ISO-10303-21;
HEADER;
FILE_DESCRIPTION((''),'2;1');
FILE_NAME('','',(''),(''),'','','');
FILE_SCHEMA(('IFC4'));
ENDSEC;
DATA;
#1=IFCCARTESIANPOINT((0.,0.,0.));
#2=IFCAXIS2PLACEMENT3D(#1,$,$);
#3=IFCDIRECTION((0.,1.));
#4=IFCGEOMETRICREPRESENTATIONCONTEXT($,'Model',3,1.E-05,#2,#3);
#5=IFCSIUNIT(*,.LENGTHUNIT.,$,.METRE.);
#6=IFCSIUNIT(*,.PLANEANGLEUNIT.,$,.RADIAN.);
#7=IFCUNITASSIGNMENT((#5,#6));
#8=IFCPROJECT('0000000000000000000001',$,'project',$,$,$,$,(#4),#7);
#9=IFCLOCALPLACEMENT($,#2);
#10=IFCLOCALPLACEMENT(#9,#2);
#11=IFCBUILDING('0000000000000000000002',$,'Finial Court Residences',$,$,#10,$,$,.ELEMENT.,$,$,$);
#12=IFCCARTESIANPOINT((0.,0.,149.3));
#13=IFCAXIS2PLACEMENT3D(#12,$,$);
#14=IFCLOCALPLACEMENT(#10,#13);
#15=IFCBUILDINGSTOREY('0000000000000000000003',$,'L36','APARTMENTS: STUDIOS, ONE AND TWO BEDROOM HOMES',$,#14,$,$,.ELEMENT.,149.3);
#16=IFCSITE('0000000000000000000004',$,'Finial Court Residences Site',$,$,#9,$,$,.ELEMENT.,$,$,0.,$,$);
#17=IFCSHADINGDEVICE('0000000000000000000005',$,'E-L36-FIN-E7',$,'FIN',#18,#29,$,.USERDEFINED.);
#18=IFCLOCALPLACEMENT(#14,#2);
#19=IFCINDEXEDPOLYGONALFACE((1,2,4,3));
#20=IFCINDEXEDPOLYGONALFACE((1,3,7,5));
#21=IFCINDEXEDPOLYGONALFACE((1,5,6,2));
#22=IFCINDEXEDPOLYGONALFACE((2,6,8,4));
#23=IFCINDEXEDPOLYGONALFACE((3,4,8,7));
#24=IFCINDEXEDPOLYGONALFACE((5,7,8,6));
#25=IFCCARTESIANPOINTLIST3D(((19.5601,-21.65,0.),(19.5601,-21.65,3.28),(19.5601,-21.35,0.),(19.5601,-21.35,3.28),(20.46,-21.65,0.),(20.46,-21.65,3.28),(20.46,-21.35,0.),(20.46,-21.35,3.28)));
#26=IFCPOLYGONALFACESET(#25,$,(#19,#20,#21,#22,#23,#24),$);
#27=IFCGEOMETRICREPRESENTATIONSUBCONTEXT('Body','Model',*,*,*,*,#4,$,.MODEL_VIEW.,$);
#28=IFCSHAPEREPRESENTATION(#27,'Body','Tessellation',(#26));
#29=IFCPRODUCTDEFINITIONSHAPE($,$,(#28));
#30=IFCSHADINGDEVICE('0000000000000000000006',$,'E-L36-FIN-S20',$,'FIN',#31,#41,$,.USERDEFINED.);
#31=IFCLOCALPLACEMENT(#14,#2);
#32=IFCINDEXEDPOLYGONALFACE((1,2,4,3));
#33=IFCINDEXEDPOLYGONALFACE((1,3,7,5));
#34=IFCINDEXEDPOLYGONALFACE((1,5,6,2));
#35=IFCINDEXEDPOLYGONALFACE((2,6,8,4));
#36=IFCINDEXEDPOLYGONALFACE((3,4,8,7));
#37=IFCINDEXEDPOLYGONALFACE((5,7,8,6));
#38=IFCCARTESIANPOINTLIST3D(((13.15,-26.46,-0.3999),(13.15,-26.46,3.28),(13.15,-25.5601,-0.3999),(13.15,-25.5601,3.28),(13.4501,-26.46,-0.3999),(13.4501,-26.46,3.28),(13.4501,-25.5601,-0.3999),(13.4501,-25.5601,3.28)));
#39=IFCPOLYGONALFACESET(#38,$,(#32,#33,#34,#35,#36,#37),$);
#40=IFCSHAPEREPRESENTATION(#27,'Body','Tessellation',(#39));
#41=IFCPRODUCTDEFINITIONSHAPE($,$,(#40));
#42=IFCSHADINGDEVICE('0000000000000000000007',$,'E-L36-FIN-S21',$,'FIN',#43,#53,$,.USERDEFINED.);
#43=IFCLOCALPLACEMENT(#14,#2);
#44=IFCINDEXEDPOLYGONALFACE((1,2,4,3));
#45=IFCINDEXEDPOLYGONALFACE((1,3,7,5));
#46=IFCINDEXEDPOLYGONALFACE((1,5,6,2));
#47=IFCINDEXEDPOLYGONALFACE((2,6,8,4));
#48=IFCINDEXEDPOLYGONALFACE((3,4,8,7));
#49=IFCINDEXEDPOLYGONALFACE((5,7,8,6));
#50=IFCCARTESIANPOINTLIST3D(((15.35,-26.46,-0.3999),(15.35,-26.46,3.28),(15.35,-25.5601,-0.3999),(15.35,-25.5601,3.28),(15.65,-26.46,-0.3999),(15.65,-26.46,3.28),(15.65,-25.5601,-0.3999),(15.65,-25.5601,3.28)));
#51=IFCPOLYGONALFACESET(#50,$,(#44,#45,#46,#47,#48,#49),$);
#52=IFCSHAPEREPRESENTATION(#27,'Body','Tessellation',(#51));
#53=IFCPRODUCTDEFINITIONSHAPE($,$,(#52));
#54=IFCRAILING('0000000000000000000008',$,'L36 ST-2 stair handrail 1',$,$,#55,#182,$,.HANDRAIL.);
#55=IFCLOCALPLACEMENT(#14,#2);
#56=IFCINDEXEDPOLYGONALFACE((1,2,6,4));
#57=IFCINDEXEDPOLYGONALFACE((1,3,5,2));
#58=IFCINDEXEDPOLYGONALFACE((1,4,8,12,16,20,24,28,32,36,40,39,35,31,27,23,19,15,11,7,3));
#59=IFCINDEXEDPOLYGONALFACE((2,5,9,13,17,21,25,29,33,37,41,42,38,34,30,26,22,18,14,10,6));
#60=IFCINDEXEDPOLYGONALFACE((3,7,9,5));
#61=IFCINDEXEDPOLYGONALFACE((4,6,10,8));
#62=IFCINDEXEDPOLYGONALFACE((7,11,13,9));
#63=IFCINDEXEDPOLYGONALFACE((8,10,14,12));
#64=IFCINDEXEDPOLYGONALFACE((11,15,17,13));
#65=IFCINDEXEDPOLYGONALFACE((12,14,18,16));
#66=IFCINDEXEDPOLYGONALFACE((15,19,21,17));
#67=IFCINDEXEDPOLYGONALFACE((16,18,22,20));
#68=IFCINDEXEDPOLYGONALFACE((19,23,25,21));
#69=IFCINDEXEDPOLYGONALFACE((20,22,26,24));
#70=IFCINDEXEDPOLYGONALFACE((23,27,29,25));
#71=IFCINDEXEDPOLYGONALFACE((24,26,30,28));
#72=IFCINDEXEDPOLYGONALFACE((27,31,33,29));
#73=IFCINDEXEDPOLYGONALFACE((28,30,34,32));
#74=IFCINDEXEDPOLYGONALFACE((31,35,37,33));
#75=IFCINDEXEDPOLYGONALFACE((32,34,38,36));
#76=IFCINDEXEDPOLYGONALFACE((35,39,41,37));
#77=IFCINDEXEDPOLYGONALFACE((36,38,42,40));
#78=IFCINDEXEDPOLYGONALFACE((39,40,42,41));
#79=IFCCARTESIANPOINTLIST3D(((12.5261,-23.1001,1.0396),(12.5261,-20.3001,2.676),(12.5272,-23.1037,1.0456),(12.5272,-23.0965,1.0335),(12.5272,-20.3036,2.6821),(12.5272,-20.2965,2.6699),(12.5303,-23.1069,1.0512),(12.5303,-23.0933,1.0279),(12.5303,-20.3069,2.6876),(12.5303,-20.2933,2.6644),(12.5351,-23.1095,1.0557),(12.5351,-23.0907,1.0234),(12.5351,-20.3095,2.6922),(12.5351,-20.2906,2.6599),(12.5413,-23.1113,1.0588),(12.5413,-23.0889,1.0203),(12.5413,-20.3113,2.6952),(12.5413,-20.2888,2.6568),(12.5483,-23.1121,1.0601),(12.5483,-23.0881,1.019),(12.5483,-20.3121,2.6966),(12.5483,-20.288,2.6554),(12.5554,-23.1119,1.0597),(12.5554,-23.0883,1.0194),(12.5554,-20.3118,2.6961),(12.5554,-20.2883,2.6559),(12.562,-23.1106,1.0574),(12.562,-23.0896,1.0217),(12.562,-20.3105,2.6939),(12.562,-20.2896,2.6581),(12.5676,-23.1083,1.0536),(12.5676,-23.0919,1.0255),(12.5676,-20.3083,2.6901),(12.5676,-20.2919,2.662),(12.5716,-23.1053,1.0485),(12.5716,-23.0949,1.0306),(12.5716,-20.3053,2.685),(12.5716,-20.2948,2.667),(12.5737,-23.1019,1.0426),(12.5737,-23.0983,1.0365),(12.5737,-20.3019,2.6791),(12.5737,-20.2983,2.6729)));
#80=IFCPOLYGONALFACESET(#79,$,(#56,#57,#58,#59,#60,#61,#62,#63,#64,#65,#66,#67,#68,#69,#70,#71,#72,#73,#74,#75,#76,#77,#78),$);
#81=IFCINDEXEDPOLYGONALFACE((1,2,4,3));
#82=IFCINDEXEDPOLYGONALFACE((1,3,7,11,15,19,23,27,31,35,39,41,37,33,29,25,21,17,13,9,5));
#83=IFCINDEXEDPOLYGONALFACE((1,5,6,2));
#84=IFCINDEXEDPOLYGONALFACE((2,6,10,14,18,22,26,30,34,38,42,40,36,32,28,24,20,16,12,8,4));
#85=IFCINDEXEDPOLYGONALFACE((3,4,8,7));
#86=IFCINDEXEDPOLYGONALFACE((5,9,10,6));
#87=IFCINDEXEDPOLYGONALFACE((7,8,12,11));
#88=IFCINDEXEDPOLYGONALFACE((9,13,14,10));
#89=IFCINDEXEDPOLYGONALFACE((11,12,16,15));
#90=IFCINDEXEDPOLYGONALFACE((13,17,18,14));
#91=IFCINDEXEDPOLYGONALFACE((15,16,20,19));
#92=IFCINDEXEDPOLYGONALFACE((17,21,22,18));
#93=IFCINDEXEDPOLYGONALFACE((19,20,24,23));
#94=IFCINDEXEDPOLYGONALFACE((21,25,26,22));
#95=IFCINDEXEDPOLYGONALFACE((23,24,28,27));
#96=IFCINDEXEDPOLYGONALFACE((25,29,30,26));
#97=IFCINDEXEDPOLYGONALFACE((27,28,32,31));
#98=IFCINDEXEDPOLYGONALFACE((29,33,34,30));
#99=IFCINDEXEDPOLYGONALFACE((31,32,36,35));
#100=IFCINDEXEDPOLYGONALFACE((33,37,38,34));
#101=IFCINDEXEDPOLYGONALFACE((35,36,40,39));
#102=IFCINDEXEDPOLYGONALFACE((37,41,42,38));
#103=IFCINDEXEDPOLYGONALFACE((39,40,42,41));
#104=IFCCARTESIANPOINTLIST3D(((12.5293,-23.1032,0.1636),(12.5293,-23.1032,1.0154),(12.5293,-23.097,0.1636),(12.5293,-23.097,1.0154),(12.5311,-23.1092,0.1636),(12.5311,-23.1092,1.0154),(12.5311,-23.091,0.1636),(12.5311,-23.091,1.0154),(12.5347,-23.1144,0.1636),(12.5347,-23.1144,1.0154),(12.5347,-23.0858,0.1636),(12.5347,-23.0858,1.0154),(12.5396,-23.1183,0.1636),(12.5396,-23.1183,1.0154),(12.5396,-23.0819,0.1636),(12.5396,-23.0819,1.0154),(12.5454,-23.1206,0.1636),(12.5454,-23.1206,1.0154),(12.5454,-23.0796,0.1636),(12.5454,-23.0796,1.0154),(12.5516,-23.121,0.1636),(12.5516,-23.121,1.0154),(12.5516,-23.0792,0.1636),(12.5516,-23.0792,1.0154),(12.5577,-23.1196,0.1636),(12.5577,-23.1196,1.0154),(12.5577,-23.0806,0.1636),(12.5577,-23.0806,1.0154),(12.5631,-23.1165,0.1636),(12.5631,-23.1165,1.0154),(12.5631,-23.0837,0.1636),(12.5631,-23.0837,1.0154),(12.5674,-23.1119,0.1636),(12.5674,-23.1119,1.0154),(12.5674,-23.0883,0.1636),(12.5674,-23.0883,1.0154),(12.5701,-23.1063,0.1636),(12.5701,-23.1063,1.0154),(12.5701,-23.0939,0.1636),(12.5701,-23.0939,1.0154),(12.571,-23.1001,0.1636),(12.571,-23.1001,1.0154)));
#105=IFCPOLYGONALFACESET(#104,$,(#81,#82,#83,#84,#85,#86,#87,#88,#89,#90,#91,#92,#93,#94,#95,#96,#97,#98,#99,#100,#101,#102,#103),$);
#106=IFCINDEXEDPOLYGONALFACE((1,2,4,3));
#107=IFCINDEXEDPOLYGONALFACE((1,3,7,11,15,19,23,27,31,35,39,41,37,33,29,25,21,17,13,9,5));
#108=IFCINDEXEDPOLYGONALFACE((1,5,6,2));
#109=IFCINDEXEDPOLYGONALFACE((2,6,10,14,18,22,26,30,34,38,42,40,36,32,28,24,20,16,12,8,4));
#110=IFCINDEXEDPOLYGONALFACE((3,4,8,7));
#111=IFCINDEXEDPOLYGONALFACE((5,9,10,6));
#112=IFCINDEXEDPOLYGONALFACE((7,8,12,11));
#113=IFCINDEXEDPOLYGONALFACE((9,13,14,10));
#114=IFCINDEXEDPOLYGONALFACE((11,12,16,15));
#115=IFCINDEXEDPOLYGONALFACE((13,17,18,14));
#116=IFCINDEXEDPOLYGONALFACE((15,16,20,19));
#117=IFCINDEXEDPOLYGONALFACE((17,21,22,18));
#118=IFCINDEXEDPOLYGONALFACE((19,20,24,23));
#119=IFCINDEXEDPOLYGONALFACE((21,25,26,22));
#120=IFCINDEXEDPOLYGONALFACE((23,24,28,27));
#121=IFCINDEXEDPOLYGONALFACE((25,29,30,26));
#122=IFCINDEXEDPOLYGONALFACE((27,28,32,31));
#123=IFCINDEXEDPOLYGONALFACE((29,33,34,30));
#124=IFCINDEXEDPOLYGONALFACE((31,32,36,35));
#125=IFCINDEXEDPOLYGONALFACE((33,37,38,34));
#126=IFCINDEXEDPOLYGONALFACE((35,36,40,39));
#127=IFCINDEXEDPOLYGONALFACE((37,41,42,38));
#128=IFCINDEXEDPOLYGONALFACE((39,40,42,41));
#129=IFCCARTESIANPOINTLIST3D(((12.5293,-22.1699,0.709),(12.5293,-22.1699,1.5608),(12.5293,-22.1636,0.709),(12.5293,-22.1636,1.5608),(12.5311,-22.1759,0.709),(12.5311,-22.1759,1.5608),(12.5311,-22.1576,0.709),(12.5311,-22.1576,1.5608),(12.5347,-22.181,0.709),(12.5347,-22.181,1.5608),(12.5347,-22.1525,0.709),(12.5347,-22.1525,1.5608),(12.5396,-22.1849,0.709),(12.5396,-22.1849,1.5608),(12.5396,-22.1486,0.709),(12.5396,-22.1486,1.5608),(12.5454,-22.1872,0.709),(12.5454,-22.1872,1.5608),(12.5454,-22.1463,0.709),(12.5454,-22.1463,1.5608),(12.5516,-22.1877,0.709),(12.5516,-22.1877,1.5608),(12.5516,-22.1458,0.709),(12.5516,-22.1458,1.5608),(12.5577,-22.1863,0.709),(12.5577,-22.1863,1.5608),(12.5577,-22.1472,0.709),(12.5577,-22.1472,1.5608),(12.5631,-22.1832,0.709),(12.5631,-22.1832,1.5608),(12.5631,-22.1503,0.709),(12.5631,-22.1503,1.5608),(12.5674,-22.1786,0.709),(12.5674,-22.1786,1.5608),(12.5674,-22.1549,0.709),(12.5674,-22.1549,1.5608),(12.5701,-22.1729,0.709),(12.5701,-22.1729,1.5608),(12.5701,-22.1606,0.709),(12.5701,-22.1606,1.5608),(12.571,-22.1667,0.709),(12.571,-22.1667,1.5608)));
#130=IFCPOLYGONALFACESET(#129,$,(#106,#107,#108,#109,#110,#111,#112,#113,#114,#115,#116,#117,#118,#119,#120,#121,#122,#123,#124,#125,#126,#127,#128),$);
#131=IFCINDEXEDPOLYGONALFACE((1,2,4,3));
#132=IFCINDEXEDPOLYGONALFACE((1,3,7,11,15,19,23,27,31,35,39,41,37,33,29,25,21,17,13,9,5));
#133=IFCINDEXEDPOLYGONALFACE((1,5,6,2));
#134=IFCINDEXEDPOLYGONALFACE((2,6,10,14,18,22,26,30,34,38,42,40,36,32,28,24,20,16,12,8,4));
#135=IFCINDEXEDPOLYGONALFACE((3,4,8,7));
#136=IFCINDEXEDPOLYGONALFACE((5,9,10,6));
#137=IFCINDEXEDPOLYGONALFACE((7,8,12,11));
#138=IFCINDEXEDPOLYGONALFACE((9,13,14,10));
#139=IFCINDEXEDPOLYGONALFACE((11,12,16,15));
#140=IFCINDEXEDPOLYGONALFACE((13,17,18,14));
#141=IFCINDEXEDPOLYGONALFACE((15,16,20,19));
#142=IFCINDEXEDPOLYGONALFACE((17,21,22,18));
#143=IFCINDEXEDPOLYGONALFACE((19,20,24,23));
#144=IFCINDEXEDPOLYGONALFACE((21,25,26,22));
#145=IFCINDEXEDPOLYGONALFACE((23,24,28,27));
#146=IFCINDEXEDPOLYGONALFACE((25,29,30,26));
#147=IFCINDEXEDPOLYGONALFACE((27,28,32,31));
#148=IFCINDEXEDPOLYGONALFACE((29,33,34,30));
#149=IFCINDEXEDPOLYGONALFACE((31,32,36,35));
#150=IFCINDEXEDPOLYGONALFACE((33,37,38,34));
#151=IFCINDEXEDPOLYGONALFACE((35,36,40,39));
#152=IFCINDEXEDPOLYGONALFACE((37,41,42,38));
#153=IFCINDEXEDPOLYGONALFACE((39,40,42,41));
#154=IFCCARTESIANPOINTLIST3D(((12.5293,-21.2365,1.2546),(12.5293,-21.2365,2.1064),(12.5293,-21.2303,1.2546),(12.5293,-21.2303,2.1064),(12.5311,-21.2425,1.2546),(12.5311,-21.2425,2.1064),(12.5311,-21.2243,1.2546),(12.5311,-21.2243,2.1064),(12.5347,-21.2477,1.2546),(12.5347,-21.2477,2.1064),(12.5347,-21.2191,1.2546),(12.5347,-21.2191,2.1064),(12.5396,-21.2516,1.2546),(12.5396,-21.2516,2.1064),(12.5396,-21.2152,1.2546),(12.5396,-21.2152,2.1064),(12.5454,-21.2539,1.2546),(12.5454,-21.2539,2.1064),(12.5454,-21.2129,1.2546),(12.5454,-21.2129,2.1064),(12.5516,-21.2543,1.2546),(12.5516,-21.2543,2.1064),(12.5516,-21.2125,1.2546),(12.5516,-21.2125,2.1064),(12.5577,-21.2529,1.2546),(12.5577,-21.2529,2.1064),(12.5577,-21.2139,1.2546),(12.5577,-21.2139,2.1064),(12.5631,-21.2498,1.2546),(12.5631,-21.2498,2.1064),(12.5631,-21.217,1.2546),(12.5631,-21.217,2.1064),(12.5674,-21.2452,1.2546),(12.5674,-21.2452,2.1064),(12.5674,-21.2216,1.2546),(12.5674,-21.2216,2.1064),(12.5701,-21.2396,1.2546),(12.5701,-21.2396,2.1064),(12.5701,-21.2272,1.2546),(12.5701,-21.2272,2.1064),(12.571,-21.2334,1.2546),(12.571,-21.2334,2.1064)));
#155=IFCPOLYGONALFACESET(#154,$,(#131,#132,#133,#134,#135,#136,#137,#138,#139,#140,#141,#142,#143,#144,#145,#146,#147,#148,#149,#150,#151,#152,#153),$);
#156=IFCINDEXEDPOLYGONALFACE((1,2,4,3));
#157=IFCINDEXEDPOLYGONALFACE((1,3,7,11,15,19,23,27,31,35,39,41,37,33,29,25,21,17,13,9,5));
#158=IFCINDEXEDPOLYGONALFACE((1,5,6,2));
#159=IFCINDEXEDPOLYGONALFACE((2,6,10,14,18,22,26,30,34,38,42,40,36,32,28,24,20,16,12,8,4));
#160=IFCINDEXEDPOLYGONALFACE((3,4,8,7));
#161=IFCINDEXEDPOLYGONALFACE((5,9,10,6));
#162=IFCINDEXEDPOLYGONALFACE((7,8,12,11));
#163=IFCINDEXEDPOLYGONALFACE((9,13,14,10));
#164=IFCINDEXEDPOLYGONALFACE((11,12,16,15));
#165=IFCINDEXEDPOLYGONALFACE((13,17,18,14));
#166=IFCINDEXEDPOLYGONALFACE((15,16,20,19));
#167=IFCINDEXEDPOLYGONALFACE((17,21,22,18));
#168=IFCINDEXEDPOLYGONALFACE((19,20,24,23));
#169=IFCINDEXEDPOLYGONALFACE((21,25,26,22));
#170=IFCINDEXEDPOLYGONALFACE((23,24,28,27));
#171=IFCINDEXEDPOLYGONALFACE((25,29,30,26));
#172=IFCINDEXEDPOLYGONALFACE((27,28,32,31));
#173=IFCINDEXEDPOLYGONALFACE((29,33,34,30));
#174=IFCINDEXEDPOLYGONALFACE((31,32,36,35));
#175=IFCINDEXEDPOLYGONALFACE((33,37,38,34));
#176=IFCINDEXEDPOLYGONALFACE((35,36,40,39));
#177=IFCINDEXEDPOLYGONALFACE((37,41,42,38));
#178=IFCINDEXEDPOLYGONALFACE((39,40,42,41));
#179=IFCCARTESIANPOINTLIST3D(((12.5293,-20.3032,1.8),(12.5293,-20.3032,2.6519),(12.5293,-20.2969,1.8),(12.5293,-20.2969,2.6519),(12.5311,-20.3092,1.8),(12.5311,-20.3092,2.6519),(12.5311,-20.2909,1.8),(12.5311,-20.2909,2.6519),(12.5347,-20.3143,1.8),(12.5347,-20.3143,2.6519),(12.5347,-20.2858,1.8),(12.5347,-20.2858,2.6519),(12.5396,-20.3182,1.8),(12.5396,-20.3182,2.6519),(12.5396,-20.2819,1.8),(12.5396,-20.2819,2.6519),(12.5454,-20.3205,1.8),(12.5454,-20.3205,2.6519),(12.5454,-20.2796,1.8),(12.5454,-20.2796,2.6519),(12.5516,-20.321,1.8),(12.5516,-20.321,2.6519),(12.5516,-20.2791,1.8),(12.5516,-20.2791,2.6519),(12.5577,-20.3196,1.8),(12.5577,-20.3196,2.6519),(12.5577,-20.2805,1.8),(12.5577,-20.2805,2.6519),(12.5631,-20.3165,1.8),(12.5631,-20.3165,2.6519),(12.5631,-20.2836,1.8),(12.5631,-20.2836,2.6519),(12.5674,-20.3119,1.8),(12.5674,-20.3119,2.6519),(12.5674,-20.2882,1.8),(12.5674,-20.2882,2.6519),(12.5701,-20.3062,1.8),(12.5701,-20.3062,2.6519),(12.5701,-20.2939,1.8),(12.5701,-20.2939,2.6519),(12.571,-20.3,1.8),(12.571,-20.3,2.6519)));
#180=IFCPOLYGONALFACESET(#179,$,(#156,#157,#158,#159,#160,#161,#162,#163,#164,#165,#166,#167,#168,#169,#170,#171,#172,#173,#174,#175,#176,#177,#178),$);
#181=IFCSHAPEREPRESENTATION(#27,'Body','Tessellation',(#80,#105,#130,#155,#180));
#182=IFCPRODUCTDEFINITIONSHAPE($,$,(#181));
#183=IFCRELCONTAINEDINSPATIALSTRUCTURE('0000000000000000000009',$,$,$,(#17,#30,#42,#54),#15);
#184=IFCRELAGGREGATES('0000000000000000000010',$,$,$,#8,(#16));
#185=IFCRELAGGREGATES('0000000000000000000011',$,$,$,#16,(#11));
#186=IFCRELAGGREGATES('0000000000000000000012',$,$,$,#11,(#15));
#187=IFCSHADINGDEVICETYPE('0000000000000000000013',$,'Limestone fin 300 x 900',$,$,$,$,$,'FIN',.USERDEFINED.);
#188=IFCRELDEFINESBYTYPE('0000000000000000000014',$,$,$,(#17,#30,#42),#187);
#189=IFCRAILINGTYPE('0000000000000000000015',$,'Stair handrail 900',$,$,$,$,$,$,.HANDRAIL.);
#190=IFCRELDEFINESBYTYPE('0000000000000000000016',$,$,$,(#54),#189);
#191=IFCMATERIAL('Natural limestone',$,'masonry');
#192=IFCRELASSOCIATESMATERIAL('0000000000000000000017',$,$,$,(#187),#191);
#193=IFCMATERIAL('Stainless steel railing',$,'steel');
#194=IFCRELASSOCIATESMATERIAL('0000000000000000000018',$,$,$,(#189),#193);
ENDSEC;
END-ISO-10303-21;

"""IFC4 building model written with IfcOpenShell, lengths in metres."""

from ifc_helpers import new_model, si_unit, direction, frame, origin, origin_2d, place, context, subcontext, project, spatial, rectangle, circle, extrude, material, type_object, element, save


model = new_model("IFC4")

# Units and contexts
model_context = context("Model", 3, precision=1e-05, world=origin(), true_north=direction((0.0, 1.0)))
body_context = subcontext(model_context, "Body", "Model", "MODEL_VIEW")
ifc_project = project(units=[si_unit("LENGTHUNIT", "METRE"), si_unit("PLANEANGLEUNIT", "RADIAN")], contexts=[model_context])

# Site, building, storey
site_placement = place(None, origin())
site = spatial("IfcSite", under=ifc_project, at=site_placement, Name="Finial Court Residences Site", CompositionType="ELEMENT", RefElevation=0.0)
building_placement = place(site_placement, origin())
building = spatial("IfcBuilding", under=site, at=building_placement, Name="Finial Court Residences", CompositionType="ELEMENT")
storey_placement = place(building_placement, frame((0.0, 0.0, 149.3)))
storey = spatial("IfcBuildingStorey", under=building, at=storey_placement, Name="L36", Description="APARTMENTS: STUDIOS, ONE AND TWO BEDROOM HOMES", CompositionType="ELEMENT", Elevation=149.3)

# Shared definitions
ifc_material_1 = material(Name="Natural limestone", Category="masonry")

# Shading devices
shading_device_type = type_object("IfcShadingDeviceType", Name="Limestone fin 300 x 900", ElementType="FIN", PredefinedType="USERDEFINED", material=ifc_material_1)
shading_device_placement = place(storey_placement, frame((20.01, -21.5, 0.0), z_axis=(0.0, 0.0, 1.0), x_axis=(1.0, 0.0, 0.0)))
element("IfcShadingDevice", 1, at=shading_device_placement, inside=storey, type_object=shading_device_type, Name="E-L36-FIN-E7", ObjectType="FIN", PredefinedType="USERDEFINED", context=body_context, shape_type="SweptSolid", body=[
    extrude(rectangle(XDim=0.8999, YDim=0.3, at=origin_2d()), origin(), (0.0, 0.0, 1.0), 3.28),
])
for number, where, z_axis, x_axis, name in (
    (2, (13.3, -26.01, -0.3999), (0.0, 0.0, 1.0), (1.0, 0.0, 0.0), "E-L36-FIN-S20"),
    (3, (15.5, -26.01, -0.3999), (0.0, 0.0, 1.0), (1.0, 0.0, 0.0), "E-L36-FIN-S21"),
):
    element("IfcShadingDevice", number, at=place(storey_placement, frame(where, z_axis=z_axis, x_axis=x_axis)), inside=storey, type_object=shading_device_type, Name=name, ObjectType="FIN", PredefinedType="USERDEFINED", context=body_context, shape_type="SweptSolid", body=[
        extrude(rectangle(XDim=0.3, YDim=0.8999, at=origin_2d()), origin(), (0.0, 0.0, 1.0), 3.6799),
    ])

# Railing
ifc_material_2 = material(Name="Stainless steel railing", Category="steel")
railing_type_1 = type_object("IfcRailingType", Name="Stair handrail 900", PredefinedType="HANDRAIL", material=ifc_material_2)
railing_1_placement = place(storey_placement, frame((12.55, -23.1001, 0.1636)))
element("IfcRailing", 4, at=railing_1_placement, inside=storey, type_object=railing_type_1, Name="L36 ST-2 stair handrail 1", PredefinedType="HANDRAIL", context=body_context, shape_type="SweptSolid", body=[
    extrude(circle(Radius=0.0239, at=origin_2d()), frame((0.0, 0.0, 0.876), z_axis=(0.0, 0.863361, 0.504587), x_axis=(-1.0, 0.0, 0.0)), (0.0, 0.0, 1.0), 3.2432),
    extrude(circle(Radius=0.021, at=origin_2d()), origin(), (0.0, 0.0, 1.0), 0.8518),
    extrude(circle(Radius=0.021, at=origin_2d()), frame((0.0, 0.9333, 0.5454)), (0.0, 0.0, 1.0), 0.8518),
    extrude(circle(Radius=0.021, at=origin_2d()), frame((0.0, 1.8667, 1.0911)), (0.0, 0.0, 1.0), 0.8518),
    extrude(circle(Radius=0.021, at=origin_2d()), frame((0.0, 2.8, 1.6365)), (0.0, 0.0, 1.0), 0.8518),
])

save(model, "model.ifc")
